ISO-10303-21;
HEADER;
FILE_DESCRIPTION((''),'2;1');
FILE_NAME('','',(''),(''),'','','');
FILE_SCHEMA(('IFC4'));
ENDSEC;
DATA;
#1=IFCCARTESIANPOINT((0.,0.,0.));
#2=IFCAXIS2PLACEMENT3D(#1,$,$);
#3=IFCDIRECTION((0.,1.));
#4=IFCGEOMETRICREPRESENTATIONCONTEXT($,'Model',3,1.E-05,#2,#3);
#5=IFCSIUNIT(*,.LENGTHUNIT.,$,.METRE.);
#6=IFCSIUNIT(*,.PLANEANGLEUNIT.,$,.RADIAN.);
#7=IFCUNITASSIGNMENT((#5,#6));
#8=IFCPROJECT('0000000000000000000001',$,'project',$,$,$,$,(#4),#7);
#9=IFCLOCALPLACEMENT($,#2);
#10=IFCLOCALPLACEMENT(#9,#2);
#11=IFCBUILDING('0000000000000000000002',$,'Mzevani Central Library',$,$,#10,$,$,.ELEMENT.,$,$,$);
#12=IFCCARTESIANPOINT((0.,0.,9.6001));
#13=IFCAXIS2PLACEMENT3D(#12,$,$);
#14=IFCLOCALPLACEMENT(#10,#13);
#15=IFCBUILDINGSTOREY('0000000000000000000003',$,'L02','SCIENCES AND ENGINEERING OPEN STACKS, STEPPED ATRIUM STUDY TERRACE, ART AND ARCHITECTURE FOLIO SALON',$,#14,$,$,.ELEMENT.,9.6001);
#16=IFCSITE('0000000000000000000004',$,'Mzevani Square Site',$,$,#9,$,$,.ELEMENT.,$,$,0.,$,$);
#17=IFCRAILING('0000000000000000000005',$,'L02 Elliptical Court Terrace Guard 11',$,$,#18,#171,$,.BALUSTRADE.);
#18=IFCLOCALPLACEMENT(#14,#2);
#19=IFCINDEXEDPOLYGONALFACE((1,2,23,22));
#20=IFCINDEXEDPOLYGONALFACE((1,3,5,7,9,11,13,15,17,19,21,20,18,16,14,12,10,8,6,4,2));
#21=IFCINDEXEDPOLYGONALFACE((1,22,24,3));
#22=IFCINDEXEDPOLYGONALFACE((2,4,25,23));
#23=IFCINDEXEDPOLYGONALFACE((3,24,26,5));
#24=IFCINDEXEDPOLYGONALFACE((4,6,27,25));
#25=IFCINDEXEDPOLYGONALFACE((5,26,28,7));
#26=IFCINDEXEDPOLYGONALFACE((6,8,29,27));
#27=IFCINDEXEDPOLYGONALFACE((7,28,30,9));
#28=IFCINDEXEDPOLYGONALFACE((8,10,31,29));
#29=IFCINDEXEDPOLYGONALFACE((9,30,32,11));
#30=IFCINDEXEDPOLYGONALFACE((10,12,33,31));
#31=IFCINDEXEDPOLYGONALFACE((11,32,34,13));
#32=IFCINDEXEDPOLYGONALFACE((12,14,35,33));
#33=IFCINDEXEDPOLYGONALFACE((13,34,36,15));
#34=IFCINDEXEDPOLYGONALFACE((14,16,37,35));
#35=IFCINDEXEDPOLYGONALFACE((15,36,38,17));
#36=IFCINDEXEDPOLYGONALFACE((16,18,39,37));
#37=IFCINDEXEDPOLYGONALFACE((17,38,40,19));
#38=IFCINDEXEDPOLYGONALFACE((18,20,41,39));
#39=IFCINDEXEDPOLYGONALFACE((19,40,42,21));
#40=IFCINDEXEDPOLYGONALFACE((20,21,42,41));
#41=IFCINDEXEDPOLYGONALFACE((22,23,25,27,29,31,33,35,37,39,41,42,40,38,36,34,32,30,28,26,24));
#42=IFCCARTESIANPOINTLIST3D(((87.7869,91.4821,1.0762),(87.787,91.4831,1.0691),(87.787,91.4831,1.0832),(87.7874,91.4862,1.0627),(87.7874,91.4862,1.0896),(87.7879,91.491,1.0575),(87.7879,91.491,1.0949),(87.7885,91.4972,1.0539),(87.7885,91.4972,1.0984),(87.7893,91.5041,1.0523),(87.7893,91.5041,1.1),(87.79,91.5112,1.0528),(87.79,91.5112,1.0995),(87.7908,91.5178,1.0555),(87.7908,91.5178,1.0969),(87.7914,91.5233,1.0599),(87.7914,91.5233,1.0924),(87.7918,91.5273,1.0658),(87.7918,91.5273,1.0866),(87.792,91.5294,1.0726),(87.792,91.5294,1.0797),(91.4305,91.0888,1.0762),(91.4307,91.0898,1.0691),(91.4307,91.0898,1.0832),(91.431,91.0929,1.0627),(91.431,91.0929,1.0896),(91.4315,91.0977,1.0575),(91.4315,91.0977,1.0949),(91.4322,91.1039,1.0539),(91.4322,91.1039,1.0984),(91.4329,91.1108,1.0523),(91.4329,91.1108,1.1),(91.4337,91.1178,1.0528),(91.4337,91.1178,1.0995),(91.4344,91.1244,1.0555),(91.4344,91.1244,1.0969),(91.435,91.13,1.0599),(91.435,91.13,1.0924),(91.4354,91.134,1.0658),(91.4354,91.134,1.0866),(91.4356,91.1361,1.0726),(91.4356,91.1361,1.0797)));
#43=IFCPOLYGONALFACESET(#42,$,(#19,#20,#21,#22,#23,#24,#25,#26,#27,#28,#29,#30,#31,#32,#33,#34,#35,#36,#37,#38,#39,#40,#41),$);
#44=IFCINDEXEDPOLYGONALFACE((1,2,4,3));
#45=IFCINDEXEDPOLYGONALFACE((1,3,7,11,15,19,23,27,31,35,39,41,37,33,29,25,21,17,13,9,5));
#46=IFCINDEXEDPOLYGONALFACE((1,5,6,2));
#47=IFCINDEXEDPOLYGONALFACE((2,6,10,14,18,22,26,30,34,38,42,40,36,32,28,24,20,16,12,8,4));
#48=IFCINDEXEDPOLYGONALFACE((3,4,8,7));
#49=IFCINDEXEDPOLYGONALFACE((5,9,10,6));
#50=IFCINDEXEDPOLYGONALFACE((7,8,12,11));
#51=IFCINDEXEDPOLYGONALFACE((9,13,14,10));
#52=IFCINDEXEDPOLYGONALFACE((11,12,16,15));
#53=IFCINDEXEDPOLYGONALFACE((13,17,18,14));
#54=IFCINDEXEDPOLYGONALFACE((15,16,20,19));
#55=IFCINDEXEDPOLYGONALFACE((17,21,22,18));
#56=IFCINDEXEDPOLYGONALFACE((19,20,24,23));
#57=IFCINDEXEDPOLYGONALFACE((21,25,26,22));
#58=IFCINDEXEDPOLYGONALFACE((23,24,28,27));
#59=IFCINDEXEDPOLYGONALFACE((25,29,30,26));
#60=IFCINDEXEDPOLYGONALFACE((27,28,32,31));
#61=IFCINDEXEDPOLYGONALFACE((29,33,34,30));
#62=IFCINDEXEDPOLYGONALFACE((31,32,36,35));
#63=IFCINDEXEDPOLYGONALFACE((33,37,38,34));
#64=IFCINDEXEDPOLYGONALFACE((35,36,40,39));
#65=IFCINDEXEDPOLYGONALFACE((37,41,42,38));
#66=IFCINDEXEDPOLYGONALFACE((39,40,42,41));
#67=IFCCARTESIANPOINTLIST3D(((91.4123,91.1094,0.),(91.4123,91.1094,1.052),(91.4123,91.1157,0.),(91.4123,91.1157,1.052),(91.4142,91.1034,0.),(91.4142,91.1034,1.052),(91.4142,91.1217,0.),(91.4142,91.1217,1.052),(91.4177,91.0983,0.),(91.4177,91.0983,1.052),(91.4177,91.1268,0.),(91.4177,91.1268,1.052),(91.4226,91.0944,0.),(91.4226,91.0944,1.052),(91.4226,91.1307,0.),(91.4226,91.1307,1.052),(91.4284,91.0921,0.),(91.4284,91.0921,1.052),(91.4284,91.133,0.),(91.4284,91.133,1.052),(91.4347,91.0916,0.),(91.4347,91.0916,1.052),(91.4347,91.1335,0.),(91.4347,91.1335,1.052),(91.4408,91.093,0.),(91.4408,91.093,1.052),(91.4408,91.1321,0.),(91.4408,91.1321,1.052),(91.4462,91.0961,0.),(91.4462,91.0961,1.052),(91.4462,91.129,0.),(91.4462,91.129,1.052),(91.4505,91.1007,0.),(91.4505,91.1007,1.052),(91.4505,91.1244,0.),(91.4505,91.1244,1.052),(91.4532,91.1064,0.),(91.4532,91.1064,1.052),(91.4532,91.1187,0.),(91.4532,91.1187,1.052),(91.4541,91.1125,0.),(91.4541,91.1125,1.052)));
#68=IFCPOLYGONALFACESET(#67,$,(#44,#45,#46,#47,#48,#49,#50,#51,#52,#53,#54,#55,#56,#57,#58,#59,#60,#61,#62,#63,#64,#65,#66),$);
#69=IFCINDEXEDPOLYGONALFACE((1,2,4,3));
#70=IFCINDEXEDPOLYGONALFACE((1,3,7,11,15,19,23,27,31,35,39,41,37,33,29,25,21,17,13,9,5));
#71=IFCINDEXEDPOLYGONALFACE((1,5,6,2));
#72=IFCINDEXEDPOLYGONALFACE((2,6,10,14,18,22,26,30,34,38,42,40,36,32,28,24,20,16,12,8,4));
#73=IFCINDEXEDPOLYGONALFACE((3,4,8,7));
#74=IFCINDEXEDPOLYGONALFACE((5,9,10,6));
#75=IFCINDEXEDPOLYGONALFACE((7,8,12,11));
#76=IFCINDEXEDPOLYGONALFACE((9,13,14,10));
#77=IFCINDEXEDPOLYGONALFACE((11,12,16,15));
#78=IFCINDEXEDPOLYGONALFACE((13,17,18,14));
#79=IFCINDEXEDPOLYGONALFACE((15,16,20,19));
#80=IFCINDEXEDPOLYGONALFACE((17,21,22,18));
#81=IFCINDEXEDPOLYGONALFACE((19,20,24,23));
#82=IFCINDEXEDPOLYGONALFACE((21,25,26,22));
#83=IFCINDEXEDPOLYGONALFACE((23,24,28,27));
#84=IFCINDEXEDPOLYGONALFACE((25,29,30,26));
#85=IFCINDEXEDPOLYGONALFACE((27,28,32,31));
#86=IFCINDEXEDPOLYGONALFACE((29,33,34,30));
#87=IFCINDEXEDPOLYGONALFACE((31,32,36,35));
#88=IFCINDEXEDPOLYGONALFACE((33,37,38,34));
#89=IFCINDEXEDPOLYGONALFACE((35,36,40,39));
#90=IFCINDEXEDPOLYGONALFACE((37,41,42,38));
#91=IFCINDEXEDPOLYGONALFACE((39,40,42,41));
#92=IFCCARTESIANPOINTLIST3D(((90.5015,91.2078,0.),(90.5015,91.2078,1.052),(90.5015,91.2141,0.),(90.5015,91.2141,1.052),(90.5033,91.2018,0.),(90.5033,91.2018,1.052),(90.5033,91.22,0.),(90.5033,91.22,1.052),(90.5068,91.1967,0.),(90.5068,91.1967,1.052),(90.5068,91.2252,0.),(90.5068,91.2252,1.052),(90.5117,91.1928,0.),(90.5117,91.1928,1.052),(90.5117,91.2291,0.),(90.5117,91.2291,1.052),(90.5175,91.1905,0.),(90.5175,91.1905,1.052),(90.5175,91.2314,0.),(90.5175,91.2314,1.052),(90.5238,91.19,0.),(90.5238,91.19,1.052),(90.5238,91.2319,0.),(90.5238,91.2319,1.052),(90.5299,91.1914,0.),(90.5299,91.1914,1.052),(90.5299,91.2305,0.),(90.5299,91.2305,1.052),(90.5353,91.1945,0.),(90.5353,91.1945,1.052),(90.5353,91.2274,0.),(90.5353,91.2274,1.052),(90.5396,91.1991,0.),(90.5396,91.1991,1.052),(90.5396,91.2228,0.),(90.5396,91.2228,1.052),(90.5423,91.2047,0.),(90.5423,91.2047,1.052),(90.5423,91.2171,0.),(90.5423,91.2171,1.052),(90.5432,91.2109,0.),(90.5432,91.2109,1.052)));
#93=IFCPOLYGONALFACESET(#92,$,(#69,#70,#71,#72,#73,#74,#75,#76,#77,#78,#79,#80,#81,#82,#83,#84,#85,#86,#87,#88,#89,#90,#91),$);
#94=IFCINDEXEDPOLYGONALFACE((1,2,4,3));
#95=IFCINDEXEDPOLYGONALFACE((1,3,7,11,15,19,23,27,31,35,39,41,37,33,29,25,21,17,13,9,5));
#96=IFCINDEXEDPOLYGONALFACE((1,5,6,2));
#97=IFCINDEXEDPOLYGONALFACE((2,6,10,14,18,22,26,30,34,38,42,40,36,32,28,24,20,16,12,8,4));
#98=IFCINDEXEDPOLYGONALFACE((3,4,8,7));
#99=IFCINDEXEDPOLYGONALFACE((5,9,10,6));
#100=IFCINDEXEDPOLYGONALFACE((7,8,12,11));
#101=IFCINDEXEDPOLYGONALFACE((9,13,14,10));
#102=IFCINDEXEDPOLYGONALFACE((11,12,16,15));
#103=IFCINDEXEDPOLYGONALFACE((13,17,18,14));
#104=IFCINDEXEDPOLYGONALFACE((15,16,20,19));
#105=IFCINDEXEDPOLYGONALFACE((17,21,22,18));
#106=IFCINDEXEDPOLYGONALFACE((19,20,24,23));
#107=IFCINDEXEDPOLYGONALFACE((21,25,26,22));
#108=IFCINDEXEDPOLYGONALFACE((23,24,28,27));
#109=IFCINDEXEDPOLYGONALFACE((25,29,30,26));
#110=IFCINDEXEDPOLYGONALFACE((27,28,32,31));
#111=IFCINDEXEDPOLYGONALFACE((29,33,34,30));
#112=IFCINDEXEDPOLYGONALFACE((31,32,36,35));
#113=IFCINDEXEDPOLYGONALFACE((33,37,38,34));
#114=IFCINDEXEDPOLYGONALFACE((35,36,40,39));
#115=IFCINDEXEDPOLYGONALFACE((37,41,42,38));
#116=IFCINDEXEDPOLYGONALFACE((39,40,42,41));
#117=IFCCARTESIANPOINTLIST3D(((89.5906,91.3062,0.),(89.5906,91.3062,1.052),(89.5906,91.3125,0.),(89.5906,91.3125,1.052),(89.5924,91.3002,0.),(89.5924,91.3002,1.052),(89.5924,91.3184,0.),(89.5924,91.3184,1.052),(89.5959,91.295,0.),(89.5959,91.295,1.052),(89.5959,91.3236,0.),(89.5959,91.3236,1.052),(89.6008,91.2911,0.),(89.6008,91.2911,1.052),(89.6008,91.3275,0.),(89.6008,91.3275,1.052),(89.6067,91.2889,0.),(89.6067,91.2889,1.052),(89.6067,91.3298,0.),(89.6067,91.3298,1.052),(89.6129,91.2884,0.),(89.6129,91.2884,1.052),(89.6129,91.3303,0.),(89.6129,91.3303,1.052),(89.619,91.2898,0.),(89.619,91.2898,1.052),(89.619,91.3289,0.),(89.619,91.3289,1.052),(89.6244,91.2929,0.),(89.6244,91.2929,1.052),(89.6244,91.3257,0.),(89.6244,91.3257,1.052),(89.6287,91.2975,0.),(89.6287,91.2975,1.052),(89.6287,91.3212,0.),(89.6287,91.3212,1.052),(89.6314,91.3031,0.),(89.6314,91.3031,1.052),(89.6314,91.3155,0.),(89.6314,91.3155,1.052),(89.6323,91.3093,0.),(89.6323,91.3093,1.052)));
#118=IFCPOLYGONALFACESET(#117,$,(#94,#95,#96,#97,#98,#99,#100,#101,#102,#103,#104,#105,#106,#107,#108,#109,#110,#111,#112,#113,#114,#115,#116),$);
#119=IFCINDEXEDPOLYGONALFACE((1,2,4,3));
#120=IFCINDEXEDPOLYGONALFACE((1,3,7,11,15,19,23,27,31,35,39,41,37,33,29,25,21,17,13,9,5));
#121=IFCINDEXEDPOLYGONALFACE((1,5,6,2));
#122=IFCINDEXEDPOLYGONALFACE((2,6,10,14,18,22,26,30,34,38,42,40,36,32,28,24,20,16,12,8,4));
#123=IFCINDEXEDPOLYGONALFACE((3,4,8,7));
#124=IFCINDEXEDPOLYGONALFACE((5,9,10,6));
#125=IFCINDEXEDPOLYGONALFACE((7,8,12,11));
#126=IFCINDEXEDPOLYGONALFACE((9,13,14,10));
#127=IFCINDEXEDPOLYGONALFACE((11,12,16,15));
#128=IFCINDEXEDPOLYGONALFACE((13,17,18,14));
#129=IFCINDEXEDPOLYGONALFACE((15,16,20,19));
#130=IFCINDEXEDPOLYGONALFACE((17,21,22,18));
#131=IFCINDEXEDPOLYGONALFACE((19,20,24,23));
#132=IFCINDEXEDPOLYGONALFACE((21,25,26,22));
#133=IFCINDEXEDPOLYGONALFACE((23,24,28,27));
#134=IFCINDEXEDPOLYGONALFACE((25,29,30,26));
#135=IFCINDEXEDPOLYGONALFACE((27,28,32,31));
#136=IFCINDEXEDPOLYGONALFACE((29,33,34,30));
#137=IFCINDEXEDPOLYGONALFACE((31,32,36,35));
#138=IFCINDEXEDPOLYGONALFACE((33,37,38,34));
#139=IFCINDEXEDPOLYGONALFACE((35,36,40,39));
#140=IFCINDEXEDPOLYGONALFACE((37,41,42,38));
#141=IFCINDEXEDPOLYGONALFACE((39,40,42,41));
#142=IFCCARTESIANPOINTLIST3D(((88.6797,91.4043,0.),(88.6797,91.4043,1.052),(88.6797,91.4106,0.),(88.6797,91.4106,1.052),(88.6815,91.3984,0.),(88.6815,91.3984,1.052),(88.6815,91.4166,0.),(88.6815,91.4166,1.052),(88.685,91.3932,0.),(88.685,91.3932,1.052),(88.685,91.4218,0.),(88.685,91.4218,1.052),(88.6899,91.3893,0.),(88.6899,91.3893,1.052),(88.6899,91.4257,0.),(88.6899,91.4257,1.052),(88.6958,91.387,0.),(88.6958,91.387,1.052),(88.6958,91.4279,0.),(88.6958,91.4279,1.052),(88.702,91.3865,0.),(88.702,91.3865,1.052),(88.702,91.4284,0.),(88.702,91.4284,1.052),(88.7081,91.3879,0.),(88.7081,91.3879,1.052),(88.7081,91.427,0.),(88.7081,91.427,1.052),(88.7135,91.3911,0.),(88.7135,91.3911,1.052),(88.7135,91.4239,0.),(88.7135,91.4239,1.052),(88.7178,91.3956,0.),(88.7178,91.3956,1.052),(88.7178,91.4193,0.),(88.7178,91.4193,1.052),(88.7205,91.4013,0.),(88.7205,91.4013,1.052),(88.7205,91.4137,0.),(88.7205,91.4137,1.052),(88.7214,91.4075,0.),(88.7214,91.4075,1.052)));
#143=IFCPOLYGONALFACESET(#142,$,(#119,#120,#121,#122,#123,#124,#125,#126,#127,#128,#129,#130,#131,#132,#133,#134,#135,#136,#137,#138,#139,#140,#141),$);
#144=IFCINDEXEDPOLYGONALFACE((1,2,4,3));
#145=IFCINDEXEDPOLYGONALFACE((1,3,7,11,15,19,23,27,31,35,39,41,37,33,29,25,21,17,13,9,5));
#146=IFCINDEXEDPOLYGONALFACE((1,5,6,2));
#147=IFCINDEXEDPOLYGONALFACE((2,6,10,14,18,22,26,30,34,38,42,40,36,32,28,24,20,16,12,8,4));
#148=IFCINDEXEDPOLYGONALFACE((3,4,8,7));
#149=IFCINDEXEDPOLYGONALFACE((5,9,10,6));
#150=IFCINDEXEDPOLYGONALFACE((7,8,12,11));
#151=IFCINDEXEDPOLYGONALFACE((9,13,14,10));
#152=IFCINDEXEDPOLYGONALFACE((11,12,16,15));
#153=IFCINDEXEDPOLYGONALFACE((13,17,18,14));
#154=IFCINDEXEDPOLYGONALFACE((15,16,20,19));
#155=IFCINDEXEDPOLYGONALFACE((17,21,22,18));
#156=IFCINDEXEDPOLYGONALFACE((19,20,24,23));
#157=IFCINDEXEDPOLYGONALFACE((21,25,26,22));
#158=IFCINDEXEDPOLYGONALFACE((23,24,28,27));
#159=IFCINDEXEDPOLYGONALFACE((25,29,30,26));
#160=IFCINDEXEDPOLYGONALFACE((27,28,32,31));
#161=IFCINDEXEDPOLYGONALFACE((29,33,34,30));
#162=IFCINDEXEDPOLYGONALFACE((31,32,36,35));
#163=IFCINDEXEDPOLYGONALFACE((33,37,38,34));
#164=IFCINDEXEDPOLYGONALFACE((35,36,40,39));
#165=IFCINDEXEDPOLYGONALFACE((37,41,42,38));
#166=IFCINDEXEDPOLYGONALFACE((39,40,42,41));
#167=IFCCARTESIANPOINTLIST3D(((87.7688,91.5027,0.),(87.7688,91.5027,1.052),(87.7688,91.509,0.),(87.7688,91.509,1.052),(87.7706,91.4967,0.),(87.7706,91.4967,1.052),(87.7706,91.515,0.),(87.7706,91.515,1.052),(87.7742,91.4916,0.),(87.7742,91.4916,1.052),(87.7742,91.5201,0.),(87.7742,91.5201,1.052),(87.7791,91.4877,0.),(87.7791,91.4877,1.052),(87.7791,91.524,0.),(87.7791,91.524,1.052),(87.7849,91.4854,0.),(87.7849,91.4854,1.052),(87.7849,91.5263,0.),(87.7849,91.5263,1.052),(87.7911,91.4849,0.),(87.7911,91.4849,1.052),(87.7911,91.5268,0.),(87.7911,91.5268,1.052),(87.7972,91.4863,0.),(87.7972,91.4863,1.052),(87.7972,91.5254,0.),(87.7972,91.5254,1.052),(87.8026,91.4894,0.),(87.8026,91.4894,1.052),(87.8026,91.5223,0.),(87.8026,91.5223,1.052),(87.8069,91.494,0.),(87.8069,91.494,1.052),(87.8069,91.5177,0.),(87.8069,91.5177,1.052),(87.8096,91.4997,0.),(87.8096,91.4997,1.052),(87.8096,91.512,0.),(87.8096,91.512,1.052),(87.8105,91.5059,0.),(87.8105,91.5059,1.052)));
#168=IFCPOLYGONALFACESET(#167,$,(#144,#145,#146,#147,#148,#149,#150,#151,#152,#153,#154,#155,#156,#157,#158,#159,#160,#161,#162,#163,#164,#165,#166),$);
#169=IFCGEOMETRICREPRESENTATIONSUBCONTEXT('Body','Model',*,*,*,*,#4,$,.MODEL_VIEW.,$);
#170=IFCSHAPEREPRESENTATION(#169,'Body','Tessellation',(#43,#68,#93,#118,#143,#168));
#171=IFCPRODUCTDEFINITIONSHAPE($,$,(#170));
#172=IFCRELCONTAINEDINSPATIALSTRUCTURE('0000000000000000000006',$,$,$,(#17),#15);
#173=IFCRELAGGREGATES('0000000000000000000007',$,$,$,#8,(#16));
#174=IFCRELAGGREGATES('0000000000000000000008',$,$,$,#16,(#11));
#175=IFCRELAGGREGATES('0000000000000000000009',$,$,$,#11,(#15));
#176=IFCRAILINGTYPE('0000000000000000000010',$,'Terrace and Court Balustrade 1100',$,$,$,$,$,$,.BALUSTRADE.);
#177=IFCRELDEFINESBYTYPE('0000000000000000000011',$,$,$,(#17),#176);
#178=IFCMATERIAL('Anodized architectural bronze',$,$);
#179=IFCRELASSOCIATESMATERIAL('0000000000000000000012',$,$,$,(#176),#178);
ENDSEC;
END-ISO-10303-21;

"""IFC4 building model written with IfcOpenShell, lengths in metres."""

from ifc_helpers import new_model, si_unit, direction, frame, origin, origin_2d, place, context, subcontext, project, spatial, circle, extrude, material, type_object, element, save


model = new_model("IFC4")

# Units and contexts
model_context = context("Model", 3, precision=1e-05, world=origin(), true_north=direction((0.0, 1.0)))
body_context = subcontext(model_context, "Body", "Model", "MODEL_VIEW")
ifc_project = project(units=[si_unit("LENGTHUNIT", "METRE"), si_unit("PLANEANGLEUNIT", "RADIAN")], contexts=[model_context])

# Site, building, storey
site_placement = place(None, origin())
site = spatial("IfcSite", under=ifc_project, at=site_placement, Name="Mzevani Square Site", CompositionType="ELEMENT", RefElevation=0.0)
building_placement = place(site_placement, origin())
building = spatial("IfcBuilding", under=site, at=building_placement, Name="Mzevani Central Library", CompositionType="ELEMENT")
storey_placement = place(building_placement, frame((0.0, 0.0, 9.6001)))
storey = spatial("IfcBuildingStorey", under=building, at=storey_placement, Name="L02", Description="SCIENCES AND ENGINEERING OPEN STACKS, STEPPED ATRIUM STUDY TERRACE, ART AND ARCHITECTURE FOLIO SALON", CompositionType="ELEMENT", Elevation=9.6001)

# Railing
ifc_material_1 = material(Name="Anodized architectural bronze")
railing_type = type_object("IfcRailingType", Name="Terrace and Court Balustrade 1100", PredefinedType="BALUSTRADE", material=ifc_material_1)
railing_1_placement = place(storey_placement, frame((91.4331, 91.1125, 0.0)))
element("IfcRailing", 1, at=railing_1_placement, inside=storey, type_object=railing_type, Name="L02 Elliptical Court Terrace Guard 11", PredefinedType="BALUSTRADE", context=body_context, shape_type="SweptSolid", body=[
    extrude(circle(Radius=0.0239, at=origin_2d()), frame((0.0, 0.0, 1.0762), z_axis=(-0.994224, 0.107323, 0.0), x_axis=(-0.107323, -0.994224, 0.0)), (0.0, 0.0, 1.0), 3.6648),
    extrude(circle(Radius=0.021, at=origin_2d()), origin(), (0.0, 0.0, 1.0), 1.052),
    extrude(circle(Radius=0.021, at=origin_2d()), frame((-0.9109, 0.0984, 0.0)), (0.0, 0.0, 1.0), 1.052),
    extrude(circle(Radius=0.021, at=origin_2d()), frame((-1.8218, 0.1968, 0.0)), (0.0, 0.0, 1.0), 1.052),
    extrude(circle(Radius=0.021, at=origin_2d()), frame((-2.7327, 0.2949, 0.0)), (0.0, 0.0, 1.0), 1.052),
    extrude(circle(Radius=0.021, at=origin_2d()), frame((-3.6436, 0.3933, 0.0)), (0.0, 0.0, 1.0), 1.052),
])

save(model, "model.ifc")
